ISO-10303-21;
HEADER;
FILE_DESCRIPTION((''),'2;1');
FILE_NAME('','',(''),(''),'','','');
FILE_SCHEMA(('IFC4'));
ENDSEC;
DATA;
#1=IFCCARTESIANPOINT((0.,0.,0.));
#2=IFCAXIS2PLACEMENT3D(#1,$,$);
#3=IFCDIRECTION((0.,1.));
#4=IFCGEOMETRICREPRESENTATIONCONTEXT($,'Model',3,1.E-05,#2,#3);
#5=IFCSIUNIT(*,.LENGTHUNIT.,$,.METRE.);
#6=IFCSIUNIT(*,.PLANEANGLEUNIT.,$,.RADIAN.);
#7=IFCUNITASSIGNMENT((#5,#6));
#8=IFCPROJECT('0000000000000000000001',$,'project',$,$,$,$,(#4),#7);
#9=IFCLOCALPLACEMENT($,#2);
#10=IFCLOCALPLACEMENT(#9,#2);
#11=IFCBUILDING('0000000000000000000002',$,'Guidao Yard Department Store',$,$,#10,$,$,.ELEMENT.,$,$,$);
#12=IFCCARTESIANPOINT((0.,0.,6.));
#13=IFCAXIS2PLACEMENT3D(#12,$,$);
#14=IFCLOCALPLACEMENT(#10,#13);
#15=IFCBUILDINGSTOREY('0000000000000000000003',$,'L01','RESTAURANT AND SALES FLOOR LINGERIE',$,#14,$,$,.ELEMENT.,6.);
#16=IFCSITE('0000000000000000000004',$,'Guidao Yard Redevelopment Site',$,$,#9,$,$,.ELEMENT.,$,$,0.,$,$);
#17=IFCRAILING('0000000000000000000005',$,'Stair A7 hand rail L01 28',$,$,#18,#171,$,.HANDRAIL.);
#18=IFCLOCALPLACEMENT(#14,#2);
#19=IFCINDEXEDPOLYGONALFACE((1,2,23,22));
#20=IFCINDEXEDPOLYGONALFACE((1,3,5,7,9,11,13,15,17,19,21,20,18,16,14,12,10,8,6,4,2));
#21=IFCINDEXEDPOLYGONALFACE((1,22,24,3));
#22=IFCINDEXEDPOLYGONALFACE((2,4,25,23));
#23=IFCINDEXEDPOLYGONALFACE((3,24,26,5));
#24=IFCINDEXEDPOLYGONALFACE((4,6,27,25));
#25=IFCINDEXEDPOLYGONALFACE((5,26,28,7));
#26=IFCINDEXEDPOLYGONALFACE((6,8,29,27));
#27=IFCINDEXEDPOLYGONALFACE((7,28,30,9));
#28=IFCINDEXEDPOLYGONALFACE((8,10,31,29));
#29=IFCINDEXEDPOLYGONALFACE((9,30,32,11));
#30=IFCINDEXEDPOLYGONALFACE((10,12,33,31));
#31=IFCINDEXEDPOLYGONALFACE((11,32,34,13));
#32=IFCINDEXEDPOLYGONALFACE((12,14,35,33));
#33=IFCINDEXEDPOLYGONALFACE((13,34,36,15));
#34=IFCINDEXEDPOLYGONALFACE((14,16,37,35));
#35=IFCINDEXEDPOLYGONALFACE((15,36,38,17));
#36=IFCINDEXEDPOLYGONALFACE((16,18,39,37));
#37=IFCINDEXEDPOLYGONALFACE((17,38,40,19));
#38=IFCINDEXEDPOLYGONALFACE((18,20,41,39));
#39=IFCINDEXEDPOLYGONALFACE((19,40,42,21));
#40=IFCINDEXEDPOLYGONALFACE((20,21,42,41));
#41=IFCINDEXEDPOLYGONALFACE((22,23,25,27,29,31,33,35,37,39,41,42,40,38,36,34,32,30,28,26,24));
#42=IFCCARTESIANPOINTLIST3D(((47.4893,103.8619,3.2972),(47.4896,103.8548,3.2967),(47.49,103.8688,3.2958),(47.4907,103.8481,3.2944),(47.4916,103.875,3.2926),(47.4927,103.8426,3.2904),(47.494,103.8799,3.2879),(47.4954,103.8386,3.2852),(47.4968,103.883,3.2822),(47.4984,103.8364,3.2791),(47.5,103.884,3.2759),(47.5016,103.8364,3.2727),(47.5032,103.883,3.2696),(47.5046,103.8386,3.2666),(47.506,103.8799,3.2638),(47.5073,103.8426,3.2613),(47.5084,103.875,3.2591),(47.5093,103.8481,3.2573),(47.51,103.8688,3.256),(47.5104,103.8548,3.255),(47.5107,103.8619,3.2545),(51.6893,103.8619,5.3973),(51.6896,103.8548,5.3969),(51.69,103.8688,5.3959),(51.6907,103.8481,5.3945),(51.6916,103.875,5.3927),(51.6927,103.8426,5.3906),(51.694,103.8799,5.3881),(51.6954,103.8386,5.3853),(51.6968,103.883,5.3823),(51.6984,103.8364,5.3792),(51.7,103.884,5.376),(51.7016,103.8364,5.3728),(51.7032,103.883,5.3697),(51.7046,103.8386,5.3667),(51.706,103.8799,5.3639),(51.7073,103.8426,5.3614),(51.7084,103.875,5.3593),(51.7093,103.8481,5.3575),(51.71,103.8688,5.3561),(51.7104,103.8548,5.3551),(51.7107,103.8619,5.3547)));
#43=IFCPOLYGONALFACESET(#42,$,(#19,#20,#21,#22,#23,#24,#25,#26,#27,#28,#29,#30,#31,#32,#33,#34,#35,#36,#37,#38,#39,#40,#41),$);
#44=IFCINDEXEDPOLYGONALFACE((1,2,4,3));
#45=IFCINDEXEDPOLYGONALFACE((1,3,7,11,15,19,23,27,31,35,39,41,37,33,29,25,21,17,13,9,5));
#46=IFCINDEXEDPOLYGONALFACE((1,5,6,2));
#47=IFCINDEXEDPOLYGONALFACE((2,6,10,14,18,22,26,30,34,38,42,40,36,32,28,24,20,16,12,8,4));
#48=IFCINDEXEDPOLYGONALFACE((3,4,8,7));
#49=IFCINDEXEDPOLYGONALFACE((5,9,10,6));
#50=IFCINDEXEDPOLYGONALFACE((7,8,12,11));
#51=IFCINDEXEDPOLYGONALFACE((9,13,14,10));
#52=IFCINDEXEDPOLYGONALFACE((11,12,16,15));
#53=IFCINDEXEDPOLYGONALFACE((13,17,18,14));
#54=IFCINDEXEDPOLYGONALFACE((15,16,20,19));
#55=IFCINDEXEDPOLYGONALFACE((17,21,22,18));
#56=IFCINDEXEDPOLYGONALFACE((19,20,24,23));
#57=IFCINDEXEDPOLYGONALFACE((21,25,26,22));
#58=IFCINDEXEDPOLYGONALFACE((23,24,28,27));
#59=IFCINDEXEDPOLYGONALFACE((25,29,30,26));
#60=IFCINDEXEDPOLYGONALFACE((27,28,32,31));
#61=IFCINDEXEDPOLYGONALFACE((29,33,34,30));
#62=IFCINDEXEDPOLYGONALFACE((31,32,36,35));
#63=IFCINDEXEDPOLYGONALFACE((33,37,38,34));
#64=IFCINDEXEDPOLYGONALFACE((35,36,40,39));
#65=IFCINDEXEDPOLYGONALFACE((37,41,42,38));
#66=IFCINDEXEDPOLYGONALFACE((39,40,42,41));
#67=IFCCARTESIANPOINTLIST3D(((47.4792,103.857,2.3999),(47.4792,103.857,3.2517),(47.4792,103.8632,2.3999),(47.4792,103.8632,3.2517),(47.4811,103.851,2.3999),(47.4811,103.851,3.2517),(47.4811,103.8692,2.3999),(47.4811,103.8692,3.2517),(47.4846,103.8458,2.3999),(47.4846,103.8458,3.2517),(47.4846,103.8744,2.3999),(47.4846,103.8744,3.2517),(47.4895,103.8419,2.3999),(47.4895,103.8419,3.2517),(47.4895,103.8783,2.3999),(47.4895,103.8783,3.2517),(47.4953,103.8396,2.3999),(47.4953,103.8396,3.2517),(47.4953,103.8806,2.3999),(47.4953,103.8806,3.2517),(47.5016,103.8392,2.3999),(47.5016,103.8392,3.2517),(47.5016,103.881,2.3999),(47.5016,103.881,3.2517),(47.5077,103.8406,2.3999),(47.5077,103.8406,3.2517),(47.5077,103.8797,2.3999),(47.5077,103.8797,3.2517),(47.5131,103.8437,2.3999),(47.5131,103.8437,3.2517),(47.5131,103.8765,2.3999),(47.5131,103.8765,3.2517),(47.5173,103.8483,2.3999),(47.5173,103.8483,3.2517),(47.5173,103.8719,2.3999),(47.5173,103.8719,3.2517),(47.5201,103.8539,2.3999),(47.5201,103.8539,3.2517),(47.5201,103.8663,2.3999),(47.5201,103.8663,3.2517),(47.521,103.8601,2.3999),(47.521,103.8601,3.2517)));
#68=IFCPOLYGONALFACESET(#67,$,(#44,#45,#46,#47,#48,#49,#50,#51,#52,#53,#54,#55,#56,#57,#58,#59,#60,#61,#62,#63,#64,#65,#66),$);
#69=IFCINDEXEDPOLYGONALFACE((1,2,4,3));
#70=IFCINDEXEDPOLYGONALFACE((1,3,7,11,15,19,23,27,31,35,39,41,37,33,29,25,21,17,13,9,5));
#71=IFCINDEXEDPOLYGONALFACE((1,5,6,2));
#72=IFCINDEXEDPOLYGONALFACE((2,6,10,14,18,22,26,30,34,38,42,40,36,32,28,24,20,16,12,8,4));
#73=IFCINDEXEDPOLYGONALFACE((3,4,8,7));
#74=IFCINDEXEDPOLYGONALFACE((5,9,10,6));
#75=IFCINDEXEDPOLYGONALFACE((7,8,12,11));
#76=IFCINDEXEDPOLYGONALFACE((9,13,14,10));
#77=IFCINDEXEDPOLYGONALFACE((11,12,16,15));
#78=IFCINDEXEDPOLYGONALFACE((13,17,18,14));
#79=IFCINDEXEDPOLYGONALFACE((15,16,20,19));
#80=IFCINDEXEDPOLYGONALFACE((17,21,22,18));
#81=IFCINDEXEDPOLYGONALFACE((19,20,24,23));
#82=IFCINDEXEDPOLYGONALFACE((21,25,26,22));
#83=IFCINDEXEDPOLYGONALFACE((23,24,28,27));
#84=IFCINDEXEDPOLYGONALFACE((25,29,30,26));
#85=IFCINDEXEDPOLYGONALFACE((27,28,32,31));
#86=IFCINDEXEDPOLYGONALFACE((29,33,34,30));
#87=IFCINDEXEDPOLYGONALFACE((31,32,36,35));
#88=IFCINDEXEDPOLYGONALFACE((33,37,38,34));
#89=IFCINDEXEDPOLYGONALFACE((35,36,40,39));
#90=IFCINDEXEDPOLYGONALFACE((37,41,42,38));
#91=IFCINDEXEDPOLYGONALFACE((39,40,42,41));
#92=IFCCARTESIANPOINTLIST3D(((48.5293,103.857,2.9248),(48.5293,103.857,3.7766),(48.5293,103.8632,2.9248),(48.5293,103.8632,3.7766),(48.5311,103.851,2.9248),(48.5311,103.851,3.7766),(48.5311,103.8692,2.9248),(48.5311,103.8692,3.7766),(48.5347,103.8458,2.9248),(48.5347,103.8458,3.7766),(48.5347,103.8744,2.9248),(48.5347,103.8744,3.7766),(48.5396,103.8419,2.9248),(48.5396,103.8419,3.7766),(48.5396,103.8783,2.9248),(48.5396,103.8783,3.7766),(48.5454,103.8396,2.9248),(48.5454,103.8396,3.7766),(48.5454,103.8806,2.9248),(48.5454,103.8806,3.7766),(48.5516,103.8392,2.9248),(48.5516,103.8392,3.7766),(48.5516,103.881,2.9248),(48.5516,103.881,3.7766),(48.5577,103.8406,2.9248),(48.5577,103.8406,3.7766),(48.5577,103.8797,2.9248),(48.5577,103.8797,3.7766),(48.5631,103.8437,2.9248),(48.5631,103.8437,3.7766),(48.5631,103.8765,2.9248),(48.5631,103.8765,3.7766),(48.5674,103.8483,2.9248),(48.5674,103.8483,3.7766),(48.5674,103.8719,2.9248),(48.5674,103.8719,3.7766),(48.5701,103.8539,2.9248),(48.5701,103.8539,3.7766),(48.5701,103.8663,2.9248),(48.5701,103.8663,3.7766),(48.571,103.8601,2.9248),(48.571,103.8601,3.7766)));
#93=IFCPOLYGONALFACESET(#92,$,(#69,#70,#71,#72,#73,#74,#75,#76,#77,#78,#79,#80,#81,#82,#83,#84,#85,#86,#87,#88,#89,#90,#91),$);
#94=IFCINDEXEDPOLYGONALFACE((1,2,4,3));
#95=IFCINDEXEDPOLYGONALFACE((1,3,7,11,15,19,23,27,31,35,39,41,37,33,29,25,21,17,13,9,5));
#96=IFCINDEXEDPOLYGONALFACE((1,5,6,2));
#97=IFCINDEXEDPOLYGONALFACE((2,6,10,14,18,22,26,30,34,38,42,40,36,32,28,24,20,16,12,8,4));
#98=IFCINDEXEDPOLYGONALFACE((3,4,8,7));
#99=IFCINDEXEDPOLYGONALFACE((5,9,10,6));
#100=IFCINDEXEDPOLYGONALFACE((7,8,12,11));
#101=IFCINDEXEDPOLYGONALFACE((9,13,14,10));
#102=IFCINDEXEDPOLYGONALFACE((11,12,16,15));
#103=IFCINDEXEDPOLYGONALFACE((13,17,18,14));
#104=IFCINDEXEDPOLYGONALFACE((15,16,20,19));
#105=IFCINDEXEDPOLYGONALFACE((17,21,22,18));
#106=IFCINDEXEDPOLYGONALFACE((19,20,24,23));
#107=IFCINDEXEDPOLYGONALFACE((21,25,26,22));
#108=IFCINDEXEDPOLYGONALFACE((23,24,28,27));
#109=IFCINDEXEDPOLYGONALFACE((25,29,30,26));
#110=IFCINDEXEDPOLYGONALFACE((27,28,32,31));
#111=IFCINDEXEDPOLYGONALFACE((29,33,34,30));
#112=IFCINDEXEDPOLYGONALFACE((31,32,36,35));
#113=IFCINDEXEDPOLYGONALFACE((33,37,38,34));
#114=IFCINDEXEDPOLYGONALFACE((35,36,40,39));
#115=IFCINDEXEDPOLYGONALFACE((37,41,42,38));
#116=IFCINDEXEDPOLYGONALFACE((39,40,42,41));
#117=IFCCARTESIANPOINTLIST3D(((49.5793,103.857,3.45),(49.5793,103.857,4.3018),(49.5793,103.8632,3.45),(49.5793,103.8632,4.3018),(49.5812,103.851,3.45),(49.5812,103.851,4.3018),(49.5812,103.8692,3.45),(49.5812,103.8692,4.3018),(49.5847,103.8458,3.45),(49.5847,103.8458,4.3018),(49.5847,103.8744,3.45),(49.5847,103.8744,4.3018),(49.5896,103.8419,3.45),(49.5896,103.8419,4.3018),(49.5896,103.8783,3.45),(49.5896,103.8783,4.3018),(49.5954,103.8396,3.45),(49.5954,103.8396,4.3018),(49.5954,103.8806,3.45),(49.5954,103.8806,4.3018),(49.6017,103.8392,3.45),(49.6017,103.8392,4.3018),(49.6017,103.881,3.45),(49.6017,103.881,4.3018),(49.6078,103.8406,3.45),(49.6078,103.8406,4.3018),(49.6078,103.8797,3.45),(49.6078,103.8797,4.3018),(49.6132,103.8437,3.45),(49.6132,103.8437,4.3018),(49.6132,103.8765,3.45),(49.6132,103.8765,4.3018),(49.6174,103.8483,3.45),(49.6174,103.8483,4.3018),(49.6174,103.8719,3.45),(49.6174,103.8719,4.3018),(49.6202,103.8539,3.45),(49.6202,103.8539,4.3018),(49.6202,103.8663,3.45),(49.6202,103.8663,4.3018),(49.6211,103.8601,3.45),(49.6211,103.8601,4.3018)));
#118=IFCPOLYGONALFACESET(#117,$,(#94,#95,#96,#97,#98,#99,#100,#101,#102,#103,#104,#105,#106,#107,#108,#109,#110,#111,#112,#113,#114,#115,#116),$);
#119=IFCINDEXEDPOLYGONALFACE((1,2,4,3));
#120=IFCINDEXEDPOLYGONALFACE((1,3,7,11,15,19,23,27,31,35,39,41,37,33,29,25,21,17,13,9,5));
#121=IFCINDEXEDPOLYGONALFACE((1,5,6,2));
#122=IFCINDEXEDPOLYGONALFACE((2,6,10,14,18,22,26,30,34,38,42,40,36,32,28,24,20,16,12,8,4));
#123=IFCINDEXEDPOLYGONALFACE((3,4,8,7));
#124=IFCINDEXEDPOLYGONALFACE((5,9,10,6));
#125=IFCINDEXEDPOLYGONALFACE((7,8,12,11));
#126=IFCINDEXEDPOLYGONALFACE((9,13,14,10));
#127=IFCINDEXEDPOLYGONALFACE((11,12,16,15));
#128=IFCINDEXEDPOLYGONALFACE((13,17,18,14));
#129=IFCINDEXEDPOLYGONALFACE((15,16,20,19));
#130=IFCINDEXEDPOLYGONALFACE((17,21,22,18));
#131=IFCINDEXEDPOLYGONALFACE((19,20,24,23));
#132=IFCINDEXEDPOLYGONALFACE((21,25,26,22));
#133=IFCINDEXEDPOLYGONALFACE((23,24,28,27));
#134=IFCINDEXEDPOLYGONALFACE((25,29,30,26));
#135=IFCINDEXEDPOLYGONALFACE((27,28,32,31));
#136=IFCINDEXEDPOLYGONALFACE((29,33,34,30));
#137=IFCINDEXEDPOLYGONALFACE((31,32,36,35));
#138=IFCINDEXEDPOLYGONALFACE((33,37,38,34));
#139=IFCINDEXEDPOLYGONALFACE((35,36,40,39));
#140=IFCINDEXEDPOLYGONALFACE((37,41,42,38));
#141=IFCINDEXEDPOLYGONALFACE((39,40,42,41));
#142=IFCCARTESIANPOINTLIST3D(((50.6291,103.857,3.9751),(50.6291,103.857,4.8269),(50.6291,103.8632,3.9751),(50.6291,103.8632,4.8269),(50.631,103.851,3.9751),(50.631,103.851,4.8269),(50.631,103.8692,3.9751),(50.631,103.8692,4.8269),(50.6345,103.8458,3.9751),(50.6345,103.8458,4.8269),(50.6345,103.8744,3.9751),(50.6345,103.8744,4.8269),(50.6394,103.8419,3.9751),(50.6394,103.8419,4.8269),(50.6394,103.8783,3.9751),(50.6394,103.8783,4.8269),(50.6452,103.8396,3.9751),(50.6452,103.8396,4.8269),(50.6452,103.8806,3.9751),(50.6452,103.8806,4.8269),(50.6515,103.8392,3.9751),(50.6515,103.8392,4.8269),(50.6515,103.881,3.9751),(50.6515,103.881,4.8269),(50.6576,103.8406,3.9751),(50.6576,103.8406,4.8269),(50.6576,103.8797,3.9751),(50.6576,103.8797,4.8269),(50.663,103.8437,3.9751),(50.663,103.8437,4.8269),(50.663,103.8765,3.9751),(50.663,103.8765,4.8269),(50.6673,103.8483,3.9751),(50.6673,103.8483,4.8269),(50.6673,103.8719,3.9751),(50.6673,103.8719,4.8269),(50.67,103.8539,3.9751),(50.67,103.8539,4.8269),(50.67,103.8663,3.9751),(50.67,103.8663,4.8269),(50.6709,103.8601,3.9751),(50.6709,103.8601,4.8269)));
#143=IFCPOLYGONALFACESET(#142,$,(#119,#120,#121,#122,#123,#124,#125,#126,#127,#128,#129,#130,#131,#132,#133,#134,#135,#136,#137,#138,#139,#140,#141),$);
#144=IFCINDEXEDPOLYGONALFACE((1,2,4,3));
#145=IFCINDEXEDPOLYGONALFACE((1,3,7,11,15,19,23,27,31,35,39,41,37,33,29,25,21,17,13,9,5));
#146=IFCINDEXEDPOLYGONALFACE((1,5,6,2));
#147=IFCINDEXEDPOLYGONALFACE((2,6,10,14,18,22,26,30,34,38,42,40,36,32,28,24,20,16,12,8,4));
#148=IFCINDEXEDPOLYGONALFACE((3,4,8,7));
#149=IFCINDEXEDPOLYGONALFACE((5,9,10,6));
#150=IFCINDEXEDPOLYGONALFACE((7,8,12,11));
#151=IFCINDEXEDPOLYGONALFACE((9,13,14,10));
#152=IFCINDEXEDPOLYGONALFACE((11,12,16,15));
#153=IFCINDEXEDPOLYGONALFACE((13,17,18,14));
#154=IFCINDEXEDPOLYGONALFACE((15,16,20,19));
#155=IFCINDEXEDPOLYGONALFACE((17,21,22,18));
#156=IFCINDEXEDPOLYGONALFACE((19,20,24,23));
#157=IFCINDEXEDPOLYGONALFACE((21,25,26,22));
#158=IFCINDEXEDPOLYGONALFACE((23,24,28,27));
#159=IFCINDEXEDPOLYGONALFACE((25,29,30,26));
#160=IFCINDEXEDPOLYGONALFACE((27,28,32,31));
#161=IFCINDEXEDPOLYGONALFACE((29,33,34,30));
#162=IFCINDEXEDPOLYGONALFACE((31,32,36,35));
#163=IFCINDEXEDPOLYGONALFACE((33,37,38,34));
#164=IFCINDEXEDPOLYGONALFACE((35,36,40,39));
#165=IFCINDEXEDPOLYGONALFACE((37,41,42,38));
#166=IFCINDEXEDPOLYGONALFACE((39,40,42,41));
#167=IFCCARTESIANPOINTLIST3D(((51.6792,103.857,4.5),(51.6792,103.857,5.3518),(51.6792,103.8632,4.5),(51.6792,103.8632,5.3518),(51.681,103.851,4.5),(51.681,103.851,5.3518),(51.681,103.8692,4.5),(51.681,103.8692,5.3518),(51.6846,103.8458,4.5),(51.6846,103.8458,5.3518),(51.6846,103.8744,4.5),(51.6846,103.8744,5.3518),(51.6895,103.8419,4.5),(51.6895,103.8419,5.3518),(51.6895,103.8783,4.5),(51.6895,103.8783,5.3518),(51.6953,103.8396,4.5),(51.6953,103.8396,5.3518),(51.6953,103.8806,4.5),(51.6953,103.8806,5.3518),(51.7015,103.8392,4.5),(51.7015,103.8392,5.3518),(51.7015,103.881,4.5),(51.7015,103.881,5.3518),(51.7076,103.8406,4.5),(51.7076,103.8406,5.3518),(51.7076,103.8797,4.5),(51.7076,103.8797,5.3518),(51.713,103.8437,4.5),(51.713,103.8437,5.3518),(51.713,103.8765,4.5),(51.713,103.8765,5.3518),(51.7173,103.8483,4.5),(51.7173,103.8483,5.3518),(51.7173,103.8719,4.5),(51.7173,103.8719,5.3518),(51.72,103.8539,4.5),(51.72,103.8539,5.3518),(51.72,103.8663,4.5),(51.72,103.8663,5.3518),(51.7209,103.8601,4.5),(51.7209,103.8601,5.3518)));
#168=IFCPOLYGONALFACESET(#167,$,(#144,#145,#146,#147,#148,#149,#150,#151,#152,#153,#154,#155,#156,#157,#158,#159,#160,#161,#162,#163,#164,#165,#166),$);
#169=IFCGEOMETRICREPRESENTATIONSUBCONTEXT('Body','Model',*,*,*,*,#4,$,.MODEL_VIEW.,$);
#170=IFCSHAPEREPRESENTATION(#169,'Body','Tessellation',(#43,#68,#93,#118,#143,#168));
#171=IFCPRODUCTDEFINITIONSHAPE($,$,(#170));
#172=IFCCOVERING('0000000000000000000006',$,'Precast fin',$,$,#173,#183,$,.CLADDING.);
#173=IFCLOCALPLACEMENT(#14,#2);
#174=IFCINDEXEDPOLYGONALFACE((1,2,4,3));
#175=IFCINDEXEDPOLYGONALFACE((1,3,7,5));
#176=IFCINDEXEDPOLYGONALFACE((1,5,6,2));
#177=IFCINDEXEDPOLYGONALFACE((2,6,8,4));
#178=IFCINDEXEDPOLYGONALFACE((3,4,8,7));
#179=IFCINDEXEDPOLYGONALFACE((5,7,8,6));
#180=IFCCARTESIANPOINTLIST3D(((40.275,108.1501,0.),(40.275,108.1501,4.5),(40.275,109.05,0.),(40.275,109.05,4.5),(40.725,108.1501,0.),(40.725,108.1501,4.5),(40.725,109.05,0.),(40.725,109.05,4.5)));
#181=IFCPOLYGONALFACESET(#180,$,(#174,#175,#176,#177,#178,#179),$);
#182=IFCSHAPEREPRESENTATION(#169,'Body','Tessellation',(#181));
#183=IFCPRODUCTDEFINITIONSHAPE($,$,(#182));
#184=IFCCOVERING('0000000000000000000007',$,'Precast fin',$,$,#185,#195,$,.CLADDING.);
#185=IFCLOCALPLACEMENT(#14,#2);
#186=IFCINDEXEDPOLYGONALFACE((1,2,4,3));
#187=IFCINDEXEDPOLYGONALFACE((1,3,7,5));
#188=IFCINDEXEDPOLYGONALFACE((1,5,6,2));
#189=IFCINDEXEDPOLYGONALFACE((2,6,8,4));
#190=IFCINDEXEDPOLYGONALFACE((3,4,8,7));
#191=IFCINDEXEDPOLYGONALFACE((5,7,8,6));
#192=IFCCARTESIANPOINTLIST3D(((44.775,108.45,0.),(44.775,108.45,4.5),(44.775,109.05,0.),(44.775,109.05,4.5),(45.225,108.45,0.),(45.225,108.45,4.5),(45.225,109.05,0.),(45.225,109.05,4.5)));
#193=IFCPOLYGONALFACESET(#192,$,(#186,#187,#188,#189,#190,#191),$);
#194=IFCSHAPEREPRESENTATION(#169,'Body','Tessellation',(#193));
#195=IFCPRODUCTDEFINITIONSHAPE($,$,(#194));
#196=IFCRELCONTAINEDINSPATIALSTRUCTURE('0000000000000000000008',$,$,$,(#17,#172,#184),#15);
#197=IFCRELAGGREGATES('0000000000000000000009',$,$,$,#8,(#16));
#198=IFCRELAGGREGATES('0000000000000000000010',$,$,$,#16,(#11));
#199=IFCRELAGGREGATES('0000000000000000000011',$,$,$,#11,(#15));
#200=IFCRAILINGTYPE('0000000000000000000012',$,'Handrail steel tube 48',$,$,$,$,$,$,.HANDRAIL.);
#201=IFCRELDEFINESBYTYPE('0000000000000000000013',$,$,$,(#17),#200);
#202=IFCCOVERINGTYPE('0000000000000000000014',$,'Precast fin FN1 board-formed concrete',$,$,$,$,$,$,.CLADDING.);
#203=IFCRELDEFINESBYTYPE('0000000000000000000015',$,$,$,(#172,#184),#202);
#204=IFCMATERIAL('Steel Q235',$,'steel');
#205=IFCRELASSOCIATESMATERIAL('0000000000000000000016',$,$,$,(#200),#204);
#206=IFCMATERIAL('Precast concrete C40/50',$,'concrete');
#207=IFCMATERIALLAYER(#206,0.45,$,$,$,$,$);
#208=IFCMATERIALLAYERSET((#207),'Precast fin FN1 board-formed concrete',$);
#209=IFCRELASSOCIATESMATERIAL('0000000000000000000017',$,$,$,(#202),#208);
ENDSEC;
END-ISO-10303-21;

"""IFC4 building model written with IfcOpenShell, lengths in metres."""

from ifc_helpers import new_model, si_unit, direction, frame, origin, origin_2d, place, context, subcontext, project, spatial, rectangle, circle, extrude, material, layer, layer_set, type_object, element, save


model = new_model("IFC4")

# Units and contexts
model_context = context("Model", 3, precision=1e-05, world=origin(), true_north=direction((0.0, 1.0)))
body_context = subcontext(model_context, "Body", "Model", "MODEL_VIEW")
ifc_project = project(units=[si_unit("LENGTHUNIT", "METRE"), si_unit("PLANEANGLEUNIT", "RADIAN")], contexts=[model_context])

# Site, building, storey
site_placement = place(None, origin())
site = spatial("IfcSite", under=ifc_project, at=site_placement, Name="Guidao Yard Redevelopment Site", CompositionType="ELEMENT", RefElevation=0.0)
building_placement = place(site_placement, origin())
building = spatial("IfcBuilding", under=site, at=building_placement, Name="Guidao Yard Department Store", CompositionType="ELEMENT")
storey_placement = place(building_placement, frame((0.0, 0.0, 6.0)))
storey = spatial("IfcBuildingStorey", under=building, at=storey_placement, Name="L01", Description="RESTAURANT AND SALES FLOOR LINGERIE", CompositionType="ELEMENT", Elevation=6.0)

# Railing
ifc_material_1 = material(Name="Steel Q235", Category="steel")
railing_type_1 = type_object("IfcRailingType", Name="Handrail steel tube 48", PredefinedType="HANDRAIL", material=ifc_material_1)
for number, where, name in (
    (1, (47.5, 103.8601, 2.3999), "Stair A7 hand rail L01 28"),
):
    element("IfcRailing", number, at=place(storey_placement, frame(where)), inside=storey, type_object=railing_type_1, Name=name, PredefinedType="HANDRAIL", context=body_context, shape_type="SweptSolid", body=[
        extrude(circle(Radius=0.0239, at=origin_2d()), frame((0.0, 0.0, 0.876), z_axis=(0.894417, 0.0, 0.447234), x_axis=(0.0, 1.0, 0.0)), (0.0, 0.0, 1.0), 4.6958),
        extrude(circle(Radius=0.021, at=origin_2d()), origin(), (0.0, 0.0, 1.0), 0.8518),
        extrude(circle(Radius=0.021, at=origin_2d()), frame((1.05, 0.0, 0.5249)), (0.0, 0.0, 1.0), 0.8518),
        extrude(circle(Radius=0.021, at=origin_2d()), frame((2.1001, 0.0, 1.05)), (0.0, 0.0, 1.0), 0.8518),
        extrude(circle(Radius=0.021, at=origin_2d()), frame((3.1499, 0.0, 1.5752)), (0.0, 0.0, 1.0), 0.8518),
        extrude(circle(Radius=0.021, at=origin_2d()), frame((4.2, 0.0, 2.1001)), (0.0, 0.0, 1.0), 0.8518),
    ])

# Coverings
ifc_material_2 = material(Name="Precast concrete C40/50", Category="concrete")
ifc_layer_1 = layer(ifc_material_2, 0.45)
ifc_layer_set_1 = layer_set([ifc_layer_1], Name="Precast fin FN1 board-formed concrete")
covering_type = type_object("IfcCoveringType", Name="Precast fin FN1 board-formed concrete", PredefinedType="CLADDING", material=ifc_layer_set_1)
covering_1_placement = place(storey_placement, frame((40.5, 108.6001, 0.0), z_axis=(0.0, 0.0, 1.0), x_axis=(1.0, 0.0, 0.0)))
element("IfcCovering", 2, at=covering_1_placement, inside=storey, type_object=covering_type, Name="Precast fin", PredefinedType="CLADDING", context=body_context, shape_type="SweptSolid", body=[
    extrude(rectangle(XDim=0.45, YDim=0.8999, at=origin_2d()), origin(), (0.0, 0.0, 1.0), 4.5),
])
covering_2_placement = place(storey_placement, frame((45.0, 108.75, 0.0), z_axis=(0.0, 0.0, 1.0), x_axis=(1.0, 0.0, 0.0)))
element("IfcCovering", 3, at=covering_2_placement, inside=storey, type_object=covering_type, Name="Precast fin", PredefinedType="CLADDING", context=body_context, shape_type="SweptSolid", body=[
    extrude(rectangle(XDim=0.45, YDim=0.6001, at=origin_2d()), origin(), (0.0, 0.0, 1.0), 4.5),
])

save(model, "model.ifc")
